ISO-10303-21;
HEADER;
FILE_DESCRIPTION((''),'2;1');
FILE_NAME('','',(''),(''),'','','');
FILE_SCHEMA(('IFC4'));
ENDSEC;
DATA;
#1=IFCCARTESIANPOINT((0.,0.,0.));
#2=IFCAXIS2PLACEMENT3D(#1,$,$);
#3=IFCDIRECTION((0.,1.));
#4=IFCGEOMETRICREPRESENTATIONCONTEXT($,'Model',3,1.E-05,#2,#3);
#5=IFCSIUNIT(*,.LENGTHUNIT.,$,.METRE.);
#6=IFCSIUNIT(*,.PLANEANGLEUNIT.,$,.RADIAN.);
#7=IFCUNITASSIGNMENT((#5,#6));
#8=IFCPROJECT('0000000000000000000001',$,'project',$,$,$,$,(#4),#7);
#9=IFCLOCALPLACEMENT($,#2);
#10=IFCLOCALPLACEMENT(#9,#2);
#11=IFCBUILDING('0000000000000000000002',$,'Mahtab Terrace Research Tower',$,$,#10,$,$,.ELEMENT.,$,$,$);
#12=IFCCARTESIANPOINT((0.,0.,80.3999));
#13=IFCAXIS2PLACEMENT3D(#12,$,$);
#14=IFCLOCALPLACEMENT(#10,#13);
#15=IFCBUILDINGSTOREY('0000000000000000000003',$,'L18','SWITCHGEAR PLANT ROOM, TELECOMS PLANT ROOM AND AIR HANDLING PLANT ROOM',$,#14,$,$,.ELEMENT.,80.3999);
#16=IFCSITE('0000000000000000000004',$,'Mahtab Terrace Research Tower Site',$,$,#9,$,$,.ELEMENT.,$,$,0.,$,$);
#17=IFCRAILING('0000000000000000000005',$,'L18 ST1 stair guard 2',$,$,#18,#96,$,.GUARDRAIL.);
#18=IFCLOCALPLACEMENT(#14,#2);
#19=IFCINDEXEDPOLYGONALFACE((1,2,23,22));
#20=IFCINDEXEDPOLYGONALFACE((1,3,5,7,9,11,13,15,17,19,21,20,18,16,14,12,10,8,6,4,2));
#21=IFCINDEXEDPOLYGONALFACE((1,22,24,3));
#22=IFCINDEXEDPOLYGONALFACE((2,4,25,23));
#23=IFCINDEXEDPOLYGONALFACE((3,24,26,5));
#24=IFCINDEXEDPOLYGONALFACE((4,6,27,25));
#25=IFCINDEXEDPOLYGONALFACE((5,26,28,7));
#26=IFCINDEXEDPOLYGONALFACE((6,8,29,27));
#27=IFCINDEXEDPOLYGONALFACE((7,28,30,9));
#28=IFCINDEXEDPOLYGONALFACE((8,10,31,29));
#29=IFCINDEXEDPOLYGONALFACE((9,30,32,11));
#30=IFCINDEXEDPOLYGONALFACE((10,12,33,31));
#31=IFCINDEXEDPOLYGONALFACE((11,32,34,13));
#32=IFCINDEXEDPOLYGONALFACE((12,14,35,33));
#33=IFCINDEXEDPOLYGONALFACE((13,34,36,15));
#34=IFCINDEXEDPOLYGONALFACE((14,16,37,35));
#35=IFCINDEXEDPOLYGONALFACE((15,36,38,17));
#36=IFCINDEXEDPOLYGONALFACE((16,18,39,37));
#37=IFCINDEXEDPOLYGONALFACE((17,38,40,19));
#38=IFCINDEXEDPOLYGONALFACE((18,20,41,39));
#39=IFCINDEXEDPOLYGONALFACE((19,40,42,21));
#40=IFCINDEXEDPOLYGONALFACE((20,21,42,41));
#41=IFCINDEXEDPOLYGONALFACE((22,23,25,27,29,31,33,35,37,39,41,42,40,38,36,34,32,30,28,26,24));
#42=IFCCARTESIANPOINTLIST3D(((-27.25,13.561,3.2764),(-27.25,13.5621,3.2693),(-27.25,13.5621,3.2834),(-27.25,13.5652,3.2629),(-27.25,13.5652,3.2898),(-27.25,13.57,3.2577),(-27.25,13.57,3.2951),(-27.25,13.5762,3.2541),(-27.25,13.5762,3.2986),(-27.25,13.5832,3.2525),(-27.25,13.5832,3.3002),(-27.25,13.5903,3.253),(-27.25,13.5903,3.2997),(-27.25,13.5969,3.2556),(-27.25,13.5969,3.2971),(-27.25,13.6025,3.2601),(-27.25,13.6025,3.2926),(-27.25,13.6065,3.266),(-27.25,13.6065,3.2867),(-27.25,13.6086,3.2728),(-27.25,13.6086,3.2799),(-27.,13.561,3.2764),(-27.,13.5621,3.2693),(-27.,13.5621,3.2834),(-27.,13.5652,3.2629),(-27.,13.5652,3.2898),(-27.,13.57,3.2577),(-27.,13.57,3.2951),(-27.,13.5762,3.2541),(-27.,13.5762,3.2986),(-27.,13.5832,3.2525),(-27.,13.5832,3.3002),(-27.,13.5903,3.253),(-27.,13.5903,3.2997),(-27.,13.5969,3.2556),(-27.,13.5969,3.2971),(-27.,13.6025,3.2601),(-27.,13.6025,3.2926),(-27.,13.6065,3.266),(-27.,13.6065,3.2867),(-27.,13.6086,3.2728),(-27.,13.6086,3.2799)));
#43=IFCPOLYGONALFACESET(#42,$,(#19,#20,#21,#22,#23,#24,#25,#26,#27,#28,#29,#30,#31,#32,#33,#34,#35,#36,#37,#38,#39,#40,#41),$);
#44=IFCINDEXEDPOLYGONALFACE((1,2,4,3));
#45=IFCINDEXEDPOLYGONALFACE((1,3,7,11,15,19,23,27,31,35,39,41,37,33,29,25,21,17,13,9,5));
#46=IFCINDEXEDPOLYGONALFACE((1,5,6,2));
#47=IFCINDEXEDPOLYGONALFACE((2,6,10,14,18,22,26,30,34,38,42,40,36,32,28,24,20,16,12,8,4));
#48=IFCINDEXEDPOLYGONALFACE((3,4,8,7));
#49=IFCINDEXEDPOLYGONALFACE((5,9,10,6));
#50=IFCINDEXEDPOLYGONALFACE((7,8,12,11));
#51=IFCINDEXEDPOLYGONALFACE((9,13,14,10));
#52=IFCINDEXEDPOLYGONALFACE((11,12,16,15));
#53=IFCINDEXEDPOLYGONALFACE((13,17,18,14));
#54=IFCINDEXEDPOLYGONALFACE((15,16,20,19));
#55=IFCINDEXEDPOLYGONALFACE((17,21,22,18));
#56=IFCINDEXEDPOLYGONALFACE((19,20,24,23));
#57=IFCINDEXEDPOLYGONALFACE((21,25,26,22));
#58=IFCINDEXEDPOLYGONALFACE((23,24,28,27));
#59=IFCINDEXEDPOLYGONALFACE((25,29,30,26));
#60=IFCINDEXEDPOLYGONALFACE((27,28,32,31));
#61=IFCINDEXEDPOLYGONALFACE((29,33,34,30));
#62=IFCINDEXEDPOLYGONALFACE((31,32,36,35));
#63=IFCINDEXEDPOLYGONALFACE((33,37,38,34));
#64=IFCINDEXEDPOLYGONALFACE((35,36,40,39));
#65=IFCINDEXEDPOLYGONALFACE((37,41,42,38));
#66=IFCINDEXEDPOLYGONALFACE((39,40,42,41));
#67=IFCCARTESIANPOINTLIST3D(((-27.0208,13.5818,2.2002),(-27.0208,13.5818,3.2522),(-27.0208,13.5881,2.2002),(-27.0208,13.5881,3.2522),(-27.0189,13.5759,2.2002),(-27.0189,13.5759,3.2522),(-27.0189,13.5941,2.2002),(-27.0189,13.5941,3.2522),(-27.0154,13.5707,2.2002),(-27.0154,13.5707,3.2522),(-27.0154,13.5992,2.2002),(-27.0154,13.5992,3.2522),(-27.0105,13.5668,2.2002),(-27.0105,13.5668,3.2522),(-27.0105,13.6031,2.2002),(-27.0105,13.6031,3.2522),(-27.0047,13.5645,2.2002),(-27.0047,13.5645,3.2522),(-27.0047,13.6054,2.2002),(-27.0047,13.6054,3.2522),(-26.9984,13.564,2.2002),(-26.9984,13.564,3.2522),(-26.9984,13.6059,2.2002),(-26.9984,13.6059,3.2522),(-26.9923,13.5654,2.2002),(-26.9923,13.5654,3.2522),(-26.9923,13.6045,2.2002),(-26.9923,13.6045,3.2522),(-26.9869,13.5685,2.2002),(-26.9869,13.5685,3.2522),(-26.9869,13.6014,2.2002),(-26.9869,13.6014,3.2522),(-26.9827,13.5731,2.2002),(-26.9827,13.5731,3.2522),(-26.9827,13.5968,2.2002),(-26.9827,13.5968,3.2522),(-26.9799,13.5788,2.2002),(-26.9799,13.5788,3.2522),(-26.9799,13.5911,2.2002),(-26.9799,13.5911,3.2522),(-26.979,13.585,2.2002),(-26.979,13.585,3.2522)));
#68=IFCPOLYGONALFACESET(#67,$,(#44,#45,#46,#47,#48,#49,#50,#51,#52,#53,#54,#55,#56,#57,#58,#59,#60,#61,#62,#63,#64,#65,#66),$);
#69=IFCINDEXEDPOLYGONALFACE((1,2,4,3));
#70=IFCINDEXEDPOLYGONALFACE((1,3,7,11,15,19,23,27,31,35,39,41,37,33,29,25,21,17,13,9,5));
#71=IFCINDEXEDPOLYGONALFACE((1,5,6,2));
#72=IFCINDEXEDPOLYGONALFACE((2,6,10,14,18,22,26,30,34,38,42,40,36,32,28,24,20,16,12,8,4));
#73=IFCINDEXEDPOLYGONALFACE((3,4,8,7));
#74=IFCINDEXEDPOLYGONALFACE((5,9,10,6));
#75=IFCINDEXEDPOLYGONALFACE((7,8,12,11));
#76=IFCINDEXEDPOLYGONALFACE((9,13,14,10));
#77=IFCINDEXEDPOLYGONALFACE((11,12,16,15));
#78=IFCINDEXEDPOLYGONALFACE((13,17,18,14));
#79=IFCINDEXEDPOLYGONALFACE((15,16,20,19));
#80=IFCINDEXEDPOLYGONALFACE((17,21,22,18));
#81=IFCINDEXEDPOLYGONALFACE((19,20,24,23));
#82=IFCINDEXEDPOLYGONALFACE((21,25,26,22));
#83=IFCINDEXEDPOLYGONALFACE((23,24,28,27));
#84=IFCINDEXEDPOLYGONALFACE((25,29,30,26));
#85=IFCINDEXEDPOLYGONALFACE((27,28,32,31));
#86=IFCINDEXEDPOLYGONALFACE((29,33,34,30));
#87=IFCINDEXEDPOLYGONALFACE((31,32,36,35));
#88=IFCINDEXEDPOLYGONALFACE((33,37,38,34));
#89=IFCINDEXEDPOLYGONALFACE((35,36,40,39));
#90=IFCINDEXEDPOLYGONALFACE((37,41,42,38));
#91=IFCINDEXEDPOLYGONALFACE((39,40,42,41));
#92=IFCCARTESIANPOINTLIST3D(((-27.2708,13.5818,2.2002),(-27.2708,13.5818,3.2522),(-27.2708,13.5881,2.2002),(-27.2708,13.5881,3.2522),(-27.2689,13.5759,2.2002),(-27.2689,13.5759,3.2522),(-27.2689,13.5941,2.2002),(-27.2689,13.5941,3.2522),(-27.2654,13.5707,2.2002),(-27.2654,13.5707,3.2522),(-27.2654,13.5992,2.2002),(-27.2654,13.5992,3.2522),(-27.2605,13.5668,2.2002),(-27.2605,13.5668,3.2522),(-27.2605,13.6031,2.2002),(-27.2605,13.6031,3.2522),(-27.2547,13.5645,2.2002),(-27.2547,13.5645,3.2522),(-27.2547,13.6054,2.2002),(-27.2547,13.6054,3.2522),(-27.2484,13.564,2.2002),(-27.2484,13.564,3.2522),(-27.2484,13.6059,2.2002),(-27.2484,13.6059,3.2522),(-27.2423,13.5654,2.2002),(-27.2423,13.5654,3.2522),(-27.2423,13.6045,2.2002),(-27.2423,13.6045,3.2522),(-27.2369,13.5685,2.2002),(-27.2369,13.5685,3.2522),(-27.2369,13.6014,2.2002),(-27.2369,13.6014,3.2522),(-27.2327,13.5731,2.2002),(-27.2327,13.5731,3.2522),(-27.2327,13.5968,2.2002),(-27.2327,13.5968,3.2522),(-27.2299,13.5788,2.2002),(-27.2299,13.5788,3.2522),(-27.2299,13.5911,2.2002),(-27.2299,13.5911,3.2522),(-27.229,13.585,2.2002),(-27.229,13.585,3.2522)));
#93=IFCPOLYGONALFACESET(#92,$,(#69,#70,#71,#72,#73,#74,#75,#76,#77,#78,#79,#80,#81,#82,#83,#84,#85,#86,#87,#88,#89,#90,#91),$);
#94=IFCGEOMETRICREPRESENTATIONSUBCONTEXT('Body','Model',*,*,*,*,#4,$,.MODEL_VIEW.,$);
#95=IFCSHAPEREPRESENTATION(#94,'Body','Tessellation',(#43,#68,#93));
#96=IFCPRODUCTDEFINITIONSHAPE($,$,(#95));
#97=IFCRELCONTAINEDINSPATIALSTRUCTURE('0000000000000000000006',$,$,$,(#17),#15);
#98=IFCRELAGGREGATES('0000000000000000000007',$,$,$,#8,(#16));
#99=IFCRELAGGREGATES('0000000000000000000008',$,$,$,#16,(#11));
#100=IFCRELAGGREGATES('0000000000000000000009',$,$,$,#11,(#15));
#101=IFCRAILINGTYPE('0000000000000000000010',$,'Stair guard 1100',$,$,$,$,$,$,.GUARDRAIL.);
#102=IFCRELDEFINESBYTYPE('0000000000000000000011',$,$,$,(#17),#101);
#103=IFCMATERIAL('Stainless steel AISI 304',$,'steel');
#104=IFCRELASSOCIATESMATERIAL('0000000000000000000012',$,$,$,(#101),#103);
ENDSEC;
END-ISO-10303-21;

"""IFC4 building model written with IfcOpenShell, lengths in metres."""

from ifc_helpers import new_model, si_unit, direction, frame, origin, origin_2d, place, context, subcontext, project, spatial, circle, extrude, material, type_object, element, save


model = new_model("IFC4")

# Units and contexts
model_context = context("Model", 3, precision=1e-05, world=origin(), true_north=direction((0.0, 1.0)))
body_context = subcontext(model_context, "Body", "Model", "MODEL_VIEW")
ifc_project = project(units=[si_unit("LENGTHUNIT", "METRE"), si_unit("PLANEANGLEUNIT", "RADIAN")], contexts=[model_context])

# Site, building, storey
site_placement = place(None, origin())
site = spatial("IfcSite", under=ifc_project, at=site_placement, Name="Mahtab Terrace Research Tower Site", CompositionType="ELEMENT", RefElevation=0.0)
building_placement = place(site_placement, origin())
building = spatial("IfcBuilding", under=site, at=building_placement, Name="Mahtab Terrace Research Tower", CompositionType="ELEMENT")
storey_placement = place(building_placement, frame((0.0, 0.0, 80.3999)))
storey = spatial("IfcBuildingStorey", under=building, at=storey_placement, Name="L18", Description="SWITCHGEAR PLANT ROOM, TELECOMS PLANT ROOM AND AIR HANDLING PLANT ROOM", CompositionType="ELEMENT", Elevation=80.3999)

# Railing
ifc_material_1 = material(Name="Stainless steel AISI 304", Category="steel")
railing_type_1 = type_object("IfcRailingType", Name="Stair guard 1100", PredefinedType="GUARDRAIL", material=ifc_material_1)
railing_1_placement = place(storey_placement, frame((-27.0, 13.585, 2.2002)))
element("IfcRailing", 1, at=railing_1_placement, inside=storey, type_object=railing_type_1, Name="L18 ST1 stair guard 2", PredefinedType="GUARDRAIL", context=body_context, shape_type="SweptSolid", body=[
    extrude(circle(Radius=0.0239, at=origin_2d()), frame((0.0, 0.0, 1.0762), z_axis=(-1.0, 0.0, 0.0), x_axis=(0.0, -1.0, 0.0)), (0.0, 0.0, 1.0), 0.25),
    extrude(circle(Radius=0.021, at=origin_2d()), origin(), (0.0, 0.0, 1.0), 1.052),
    extrude(circle(Radius=0.021, at=origin_2d()), frame((-0.25, 0.0, 0.0)), (0.0, 0.0, 1.0), 1.052),
])

save(model, "model.ifc")
